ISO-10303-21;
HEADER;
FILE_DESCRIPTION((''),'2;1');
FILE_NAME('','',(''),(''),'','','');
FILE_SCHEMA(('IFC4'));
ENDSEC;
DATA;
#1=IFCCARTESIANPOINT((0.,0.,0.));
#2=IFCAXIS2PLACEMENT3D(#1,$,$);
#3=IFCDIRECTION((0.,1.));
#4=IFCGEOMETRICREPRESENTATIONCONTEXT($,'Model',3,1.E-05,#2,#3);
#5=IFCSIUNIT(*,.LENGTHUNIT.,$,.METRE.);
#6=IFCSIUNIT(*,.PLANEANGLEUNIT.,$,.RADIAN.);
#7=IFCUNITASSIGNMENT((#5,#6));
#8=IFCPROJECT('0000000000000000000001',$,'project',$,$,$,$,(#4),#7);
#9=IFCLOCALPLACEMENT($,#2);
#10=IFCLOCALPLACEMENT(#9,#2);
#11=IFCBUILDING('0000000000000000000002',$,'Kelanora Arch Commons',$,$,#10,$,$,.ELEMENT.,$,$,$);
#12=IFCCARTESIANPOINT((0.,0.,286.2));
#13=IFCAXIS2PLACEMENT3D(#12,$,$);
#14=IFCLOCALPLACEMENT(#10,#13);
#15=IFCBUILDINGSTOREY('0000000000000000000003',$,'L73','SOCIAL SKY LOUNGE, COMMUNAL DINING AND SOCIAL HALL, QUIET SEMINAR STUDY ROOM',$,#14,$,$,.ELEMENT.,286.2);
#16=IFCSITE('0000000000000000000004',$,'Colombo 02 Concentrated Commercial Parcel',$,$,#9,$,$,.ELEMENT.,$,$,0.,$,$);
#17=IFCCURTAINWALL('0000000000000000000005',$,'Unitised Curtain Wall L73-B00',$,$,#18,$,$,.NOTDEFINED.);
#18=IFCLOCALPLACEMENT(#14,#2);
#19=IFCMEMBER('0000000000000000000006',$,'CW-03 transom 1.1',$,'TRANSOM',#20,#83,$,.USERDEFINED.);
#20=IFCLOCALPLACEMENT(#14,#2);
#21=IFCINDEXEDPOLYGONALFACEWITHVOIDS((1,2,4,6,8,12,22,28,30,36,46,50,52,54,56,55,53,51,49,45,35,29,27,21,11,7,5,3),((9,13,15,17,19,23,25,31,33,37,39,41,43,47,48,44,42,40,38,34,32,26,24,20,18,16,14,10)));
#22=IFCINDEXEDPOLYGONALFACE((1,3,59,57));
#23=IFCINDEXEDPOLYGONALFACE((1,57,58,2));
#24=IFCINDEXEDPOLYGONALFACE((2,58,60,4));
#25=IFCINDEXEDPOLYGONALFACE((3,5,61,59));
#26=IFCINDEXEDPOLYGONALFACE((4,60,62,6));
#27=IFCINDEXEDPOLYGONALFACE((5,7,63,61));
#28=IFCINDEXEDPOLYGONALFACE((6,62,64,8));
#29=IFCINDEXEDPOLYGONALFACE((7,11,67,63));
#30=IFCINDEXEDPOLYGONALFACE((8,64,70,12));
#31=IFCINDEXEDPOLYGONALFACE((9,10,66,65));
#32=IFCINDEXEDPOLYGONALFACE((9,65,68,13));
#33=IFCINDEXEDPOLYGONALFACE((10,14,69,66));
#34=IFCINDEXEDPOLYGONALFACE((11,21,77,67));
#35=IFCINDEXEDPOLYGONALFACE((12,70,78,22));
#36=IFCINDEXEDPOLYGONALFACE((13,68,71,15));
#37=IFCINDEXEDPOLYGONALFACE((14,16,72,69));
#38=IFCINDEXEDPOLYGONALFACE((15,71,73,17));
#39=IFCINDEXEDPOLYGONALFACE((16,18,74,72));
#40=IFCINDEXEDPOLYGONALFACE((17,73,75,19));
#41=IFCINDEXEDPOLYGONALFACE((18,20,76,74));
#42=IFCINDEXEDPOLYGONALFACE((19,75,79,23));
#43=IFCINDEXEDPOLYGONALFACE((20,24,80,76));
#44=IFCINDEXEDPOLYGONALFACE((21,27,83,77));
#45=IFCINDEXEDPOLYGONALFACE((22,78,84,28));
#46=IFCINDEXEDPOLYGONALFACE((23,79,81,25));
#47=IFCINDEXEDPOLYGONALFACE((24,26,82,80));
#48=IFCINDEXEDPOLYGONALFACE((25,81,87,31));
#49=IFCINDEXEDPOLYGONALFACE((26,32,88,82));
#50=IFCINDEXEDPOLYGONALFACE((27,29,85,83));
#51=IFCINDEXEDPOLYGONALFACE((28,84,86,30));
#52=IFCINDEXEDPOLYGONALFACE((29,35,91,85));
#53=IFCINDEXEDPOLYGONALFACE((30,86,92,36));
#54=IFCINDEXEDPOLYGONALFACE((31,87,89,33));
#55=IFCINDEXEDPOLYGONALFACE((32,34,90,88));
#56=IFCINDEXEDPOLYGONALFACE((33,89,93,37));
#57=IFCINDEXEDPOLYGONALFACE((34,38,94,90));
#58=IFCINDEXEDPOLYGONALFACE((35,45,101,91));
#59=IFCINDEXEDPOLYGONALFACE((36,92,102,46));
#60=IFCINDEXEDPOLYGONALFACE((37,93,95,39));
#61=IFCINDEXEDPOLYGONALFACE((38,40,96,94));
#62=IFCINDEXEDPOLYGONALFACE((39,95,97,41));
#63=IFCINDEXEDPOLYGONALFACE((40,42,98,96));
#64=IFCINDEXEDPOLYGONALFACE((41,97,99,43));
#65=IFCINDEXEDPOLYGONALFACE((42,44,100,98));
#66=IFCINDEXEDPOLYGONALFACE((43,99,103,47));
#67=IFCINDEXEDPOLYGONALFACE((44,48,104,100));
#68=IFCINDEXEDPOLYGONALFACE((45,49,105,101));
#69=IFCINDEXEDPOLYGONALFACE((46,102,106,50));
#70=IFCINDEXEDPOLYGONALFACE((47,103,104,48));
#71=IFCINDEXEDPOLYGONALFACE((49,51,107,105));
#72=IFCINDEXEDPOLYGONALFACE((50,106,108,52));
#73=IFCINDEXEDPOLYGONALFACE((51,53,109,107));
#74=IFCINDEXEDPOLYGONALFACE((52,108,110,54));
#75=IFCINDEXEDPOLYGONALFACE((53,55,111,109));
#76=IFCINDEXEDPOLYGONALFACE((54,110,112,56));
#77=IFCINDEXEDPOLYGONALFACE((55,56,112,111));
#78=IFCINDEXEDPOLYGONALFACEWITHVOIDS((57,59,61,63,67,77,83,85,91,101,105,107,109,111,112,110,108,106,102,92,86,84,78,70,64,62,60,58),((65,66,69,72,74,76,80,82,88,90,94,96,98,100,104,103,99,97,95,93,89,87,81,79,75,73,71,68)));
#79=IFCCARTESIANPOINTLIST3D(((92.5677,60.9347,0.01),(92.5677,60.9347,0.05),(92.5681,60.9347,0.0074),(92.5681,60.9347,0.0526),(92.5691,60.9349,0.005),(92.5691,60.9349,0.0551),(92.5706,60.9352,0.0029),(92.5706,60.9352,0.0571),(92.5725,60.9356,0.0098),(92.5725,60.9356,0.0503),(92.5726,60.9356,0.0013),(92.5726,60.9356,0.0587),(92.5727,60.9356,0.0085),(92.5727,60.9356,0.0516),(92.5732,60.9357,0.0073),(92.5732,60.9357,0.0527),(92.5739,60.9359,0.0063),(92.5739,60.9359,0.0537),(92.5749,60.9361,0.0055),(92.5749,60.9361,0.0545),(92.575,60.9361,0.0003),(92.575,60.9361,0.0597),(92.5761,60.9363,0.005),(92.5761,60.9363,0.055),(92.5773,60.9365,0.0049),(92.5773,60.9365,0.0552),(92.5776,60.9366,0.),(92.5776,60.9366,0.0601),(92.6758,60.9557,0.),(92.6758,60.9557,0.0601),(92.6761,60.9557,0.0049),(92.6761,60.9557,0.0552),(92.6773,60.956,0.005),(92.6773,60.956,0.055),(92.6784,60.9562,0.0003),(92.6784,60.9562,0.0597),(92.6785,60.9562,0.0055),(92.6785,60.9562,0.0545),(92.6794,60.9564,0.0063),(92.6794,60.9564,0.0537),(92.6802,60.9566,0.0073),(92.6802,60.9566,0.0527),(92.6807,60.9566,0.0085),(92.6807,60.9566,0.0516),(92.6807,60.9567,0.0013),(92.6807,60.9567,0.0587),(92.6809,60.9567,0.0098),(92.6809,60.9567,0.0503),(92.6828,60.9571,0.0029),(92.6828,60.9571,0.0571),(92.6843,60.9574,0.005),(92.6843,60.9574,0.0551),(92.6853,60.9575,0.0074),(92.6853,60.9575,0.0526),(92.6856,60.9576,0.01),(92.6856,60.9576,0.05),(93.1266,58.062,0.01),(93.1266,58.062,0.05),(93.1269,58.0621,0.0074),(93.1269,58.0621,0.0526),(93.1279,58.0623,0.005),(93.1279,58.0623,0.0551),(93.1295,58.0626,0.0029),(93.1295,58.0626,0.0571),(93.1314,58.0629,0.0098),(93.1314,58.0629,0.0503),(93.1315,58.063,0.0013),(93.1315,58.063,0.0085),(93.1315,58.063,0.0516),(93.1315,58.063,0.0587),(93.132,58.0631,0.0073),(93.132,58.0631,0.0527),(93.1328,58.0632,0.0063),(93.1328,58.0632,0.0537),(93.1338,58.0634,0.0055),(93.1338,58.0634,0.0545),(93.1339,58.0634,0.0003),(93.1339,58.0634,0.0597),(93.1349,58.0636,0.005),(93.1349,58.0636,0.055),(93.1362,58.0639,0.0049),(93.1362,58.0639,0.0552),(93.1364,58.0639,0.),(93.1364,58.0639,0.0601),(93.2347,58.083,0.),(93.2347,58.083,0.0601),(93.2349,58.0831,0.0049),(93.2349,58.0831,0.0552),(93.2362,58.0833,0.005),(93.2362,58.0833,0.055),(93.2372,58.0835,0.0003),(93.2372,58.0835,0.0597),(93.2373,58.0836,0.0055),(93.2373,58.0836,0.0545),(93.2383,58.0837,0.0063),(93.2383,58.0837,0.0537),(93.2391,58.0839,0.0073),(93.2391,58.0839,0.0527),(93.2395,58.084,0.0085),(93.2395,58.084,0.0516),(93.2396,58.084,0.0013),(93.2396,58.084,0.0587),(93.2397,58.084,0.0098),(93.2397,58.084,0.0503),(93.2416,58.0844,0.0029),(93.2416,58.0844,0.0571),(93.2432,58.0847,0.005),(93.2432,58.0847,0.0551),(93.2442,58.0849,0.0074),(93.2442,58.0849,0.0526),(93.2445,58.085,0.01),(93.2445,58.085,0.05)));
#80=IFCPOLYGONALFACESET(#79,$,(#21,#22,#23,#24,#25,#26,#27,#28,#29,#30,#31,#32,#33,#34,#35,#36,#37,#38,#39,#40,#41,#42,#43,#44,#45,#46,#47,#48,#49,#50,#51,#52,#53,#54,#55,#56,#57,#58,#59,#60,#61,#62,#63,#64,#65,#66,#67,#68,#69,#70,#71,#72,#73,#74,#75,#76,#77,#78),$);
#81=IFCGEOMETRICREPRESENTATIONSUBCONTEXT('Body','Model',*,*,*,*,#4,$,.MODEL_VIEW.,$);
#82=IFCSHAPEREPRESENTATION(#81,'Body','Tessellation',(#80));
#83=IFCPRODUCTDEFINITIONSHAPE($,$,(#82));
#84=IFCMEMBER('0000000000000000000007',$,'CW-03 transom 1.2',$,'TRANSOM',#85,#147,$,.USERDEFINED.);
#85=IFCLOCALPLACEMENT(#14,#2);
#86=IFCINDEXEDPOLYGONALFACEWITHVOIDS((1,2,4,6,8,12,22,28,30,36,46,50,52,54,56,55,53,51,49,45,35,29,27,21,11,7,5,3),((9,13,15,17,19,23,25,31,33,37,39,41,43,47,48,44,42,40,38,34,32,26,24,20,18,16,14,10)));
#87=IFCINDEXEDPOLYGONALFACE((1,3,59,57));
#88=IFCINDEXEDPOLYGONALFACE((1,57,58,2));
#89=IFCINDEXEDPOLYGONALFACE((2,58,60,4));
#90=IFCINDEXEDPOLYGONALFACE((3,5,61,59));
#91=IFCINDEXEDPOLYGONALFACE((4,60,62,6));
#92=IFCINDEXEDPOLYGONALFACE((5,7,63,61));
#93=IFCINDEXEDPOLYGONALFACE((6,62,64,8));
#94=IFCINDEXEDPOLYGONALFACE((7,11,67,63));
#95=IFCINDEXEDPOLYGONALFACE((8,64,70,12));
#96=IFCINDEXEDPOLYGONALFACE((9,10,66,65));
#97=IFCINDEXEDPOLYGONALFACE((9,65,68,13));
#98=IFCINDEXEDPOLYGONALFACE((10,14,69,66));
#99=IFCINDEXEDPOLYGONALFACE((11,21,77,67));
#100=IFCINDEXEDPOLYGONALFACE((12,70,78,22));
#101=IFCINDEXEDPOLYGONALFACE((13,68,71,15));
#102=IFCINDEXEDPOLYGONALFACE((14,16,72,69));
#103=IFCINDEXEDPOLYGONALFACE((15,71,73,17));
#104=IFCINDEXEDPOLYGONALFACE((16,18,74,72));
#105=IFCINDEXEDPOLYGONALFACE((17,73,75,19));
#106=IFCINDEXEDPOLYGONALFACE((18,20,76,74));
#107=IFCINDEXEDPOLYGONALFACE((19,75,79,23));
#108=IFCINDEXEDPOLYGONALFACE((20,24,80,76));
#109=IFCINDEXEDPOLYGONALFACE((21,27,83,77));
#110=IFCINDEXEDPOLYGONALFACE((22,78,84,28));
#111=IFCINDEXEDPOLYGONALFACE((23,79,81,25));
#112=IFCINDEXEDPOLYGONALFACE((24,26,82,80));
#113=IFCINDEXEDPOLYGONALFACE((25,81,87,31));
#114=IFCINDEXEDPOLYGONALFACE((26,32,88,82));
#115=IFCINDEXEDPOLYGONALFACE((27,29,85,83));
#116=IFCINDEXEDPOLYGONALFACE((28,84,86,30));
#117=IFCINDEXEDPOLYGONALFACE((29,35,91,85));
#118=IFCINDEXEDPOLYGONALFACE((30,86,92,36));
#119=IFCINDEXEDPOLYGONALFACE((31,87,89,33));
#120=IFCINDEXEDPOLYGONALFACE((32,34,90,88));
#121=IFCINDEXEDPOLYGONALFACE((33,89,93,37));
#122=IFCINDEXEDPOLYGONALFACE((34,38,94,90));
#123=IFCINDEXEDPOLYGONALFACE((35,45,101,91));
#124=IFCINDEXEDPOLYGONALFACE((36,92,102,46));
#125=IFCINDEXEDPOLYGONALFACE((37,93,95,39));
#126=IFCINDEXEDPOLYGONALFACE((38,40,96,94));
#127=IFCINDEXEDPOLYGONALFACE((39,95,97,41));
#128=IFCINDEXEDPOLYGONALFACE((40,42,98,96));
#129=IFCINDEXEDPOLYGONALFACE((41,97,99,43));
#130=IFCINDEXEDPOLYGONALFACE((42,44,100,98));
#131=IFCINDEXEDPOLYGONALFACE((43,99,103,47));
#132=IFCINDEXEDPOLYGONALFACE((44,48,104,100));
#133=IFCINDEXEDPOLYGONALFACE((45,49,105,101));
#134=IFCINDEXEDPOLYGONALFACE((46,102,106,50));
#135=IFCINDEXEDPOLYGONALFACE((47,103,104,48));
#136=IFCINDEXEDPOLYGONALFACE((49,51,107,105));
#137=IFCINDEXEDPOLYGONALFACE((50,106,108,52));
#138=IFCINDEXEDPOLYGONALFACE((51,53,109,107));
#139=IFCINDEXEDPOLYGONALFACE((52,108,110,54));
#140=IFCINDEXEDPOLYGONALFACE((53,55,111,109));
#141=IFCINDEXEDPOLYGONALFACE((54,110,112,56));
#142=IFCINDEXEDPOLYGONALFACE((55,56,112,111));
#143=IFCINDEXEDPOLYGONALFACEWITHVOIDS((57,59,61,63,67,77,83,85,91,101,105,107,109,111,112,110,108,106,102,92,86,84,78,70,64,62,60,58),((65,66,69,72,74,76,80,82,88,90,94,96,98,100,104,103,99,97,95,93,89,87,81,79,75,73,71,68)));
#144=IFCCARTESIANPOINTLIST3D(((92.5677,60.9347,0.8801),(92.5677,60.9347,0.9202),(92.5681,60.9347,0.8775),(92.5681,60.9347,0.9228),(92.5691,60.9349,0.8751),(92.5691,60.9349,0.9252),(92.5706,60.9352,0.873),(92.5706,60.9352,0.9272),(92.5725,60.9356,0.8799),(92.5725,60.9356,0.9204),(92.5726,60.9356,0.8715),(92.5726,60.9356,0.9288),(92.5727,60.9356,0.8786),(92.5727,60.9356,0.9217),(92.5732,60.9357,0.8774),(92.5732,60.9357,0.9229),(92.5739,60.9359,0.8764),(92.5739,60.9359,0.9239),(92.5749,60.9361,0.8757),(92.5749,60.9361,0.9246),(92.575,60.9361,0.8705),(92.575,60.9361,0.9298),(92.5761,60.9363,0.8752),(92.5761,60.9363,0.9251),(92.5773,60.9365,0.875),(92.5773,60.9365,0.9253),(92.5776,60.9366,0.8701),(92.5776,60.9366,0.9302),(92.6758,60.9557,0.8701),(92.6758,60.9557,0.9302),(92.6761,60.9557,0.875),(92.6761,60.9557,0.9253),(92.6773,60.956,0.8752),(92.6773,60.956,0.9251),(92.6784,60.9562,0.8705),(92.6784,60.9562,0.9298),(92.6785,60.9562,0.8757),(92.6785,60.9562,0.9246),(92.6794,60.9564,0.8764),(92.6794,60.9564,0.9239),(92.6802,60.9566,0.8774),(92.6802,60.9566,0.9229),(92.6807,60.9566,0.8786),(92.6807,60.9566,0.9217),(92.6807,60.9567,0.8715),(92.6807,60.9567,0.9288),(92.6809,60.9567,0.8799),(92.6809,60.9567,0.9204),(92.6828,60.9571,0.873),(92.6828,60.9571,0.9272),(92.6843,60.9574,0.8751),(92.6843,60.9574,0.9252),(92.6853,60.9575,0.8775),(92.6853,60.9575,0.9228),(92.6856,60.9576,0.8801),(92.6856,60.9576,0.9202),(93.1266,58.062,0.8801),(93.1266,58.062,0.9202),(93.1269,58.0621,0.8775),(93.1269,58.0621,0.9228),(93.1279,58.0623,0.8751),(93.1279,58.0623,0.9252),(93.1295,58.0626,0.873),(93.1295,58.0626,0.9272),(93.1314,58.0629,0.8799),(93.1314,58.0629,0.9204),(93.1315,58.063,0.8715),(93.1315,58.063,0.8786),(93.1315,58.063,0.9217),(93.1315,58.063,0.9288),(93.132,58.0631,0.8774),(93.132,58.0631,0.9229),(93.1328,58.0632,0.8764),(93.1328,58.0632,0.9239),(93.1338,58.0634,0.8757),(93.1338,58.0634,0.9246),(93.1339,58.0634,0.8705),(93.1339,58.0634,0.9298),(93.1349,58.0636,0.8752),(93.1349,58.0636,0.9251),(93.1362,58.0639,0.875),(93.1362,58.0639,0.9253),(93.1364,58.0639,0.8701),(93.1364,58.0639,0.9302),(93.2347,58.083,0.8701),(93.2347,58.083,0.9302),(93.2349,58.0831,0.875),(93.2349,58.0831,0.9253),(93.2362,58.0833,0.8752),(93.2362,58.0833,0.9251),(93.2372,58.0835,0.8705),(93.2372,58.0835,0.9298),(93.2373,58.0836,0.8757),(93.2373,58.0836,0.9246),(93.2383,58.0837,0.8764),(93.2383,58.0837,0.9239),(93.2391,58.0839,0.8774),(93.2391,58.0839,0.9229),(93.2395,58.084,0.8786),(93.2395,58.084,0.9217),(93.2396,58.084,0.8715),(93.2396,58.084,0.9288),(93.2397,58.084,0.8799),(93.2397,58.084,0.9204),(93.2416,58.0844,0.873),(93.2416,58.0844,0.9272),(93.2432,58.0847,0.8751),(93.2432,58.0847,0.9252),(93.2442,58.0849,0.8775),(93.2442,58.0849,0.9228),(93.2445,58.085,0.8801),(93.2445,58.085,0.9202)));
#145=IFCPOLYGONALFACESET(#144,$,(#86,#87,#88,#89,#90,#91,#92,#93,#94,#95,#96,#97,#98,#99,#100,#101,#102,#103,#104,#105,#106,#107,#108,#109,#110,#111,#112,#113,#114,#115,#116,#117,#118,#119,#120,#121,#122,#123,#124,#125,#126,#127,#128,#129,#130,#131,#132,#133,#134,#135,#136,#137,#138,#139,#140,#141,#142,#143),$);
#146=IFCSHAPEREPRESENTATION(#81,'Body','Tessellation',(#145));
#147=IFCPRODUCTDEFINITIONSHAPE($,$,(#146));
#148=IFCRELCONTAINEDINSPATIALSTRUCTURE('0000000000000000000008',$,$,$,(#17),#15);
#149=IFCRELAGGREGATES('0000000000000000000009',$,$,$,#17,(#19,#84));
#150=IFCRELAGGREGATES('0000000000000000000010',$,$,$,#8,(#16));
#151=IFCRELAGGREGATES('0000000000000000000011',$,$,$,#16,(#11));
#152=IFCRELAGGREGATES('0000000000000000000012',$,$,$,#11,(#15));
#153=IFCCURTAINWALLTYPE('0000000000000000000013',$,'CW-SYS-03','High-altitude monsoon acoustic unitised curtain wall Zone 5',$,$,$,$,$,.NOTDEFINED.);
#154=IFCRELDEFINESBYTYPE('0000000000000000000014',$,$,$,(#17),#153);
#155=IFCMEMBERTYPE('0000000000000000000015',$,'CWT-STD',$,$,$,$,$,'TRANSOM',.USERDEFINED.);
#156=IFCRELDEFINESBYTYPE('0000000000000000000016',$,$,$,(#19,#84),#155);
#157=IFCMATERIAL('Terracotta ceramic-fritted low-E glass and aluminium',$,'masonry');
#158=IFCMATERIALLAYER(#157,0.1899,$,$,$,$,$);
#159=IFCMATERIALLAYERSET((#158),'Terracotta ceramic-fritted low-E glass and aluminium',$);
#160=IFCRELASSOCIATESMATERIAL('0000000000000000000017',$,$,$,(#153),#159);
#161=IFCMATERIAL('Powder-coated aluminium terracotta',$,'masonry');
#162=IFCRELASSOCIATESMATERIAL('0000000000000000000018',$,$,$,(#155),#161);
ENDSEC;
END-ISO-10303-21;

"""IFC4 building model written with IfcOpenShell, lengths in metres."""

from ifc_helpers import new_model, si_unit, direction, frame, origin, origin_2d, place, context, subcontext, project, spatial, hollow_rectangle, extrude, material, layer, layer_set, material_profile, profile_set, type_object, element, aggregate, save


model = new_model("IFC4")

# Units and contexts
model_context = context("Model", 3, precision=1e-05, world=origin(), true_north=direction((0.0, 1.0)))
body_context = subcontext(model_context, "Body", "Model", "MODEL_VIEW")
ifc_project = project(units=[si_unit("LENGTHUNIT", "METRE"), si_unit("PLANEANGLEUNIT", "RADIAN")], contexts=[model_context])

# Site, building, storey
site_placement = place(None, origin())
site = spatial("IfcSite", under=ifc_project, at=site_placement, Name="Colombo 02 Concentrated Commercial Parcel", CompositionType="ELEMENT", RefElevation=0.0)
building_placement = place(site_placement, origin())
building = spatial("IfcBuilding", under=site, at=building_placement, Name="Kelanora Arch Commons", CompositionType="ELEMENT")
storey_placement = place(building_placement, frame((0.0, 0.0, 286.2)))
storey = spatial("IfcBuildingStorey", under=building, at=storey_placement, Name="L73", Description="SOCIAL SKY LOUNGE, COMMUNAL DINING AND SOCIAL HALL, QUIET SEMINAR STUDY ROOM", CompositionType="ELEMENT", Elevation=286.2)

# Curtain wall, members
ifc_material_1 = material(Name="Terracotta ceramic-fritted low-E glass and aluminium", Category="masonry")
ifc_layer_1 = layer(ifc_material_1, 0.1899)
ifc_layer_set_1 = layer_set([ifc_layer_1], Name="Terracotta ceramic-fritted low-E glass and aluminium")
curtain_wall_type = type_object("IfcCurtainWallType", Name="CW-SYS-03", Description="High-altitude monsoon acoustic unitised curtain wall Zone 5", PredefinedType="NOTDEFINED", material=ifc_layer_set_1)
curtain_wall_placement = place(storey_placement, origin())
curtain_wall = element("IfcCurtainWall", 1, at=curtain_wall_placement, inside=storey, type_object=curtain_wall_type, Name="Unitised Curtain Wall L73-B00", PredefinedType="NOTDEFINED")
ifc_material_2 = material(Name="Powder-coated aluminium terracotta", Category="masonry")
ifc_material_profile_1 = material_profile(ifc_material_2, hollow_rectangle(XDim=0.1201, YDim=0.0601, WallThickness=0.0049, InnerFilletRadius=0.0049, OuterFilletRadius=0.01, at=origin_2d()), Name="CWT120x60")
ifc_profile_set_1 = profile_set([ifc_material_profile_1], Name="Powder-coated aluminium terracotta")
member_type_1 = type_object("IfcMemberType", Name="CWT-STD", ElementType="TRANSOM", PredefinedType="USERDEFINED", material=ifc_profile_set_1)
member_1_placement = place(storey_placement, frame((93.1855, 58.0735, 0.03), z_axis=(-0.190963, 0.981597, 0.0), x_axis=(-0.981597, -0.190963, 0.0)))
member_1 = element("IfcMember", 2, at=member_1_placement, type_object=member_type_1, Name="CW-03 transom 1.1", ObjectType="TRANSOM", PredefinedType="USERDEFINED", context=body_context, shape_type="SweptSolid", body=[
    extrude(hollow_rectangle(XDim=0.1201, YDim=0.0601, WallThickness=0.0049, InnerFilletRadius=0.0049, OuterFilletRadius=0.01, at=origin_2d()), origin(), (0.0, 0.0, 1.0), 2.9265),
])
member_2_placement = place(storey_placement, frame((93.1855, 58.0735, 0.9001), z_axis=(-0.190963, 0.981597, 0.0), x_axis=(-0.981597, -0.190963, 0.0)))
member_2 = element("IfcMember", 3, at=member_2_placement, type_object=member_type_1, Name="CW-03 transom 1.2", ObjectType="TRANSOM", PredefinedType="USERDEFINED", context=body_context, shape_type="SweptSolid", body=[
    extrude(hollow_rectangle(XDim=0.1201, YDim=0.0601, WallThickness=0.0049, InnerFilletRadius=0.0049, OuterFilletRadius=0.01, at=origin_2d()), origin(), (0.0, 0.0, 1.0), 2.9265),
])
aggregate(curtain_wall, [member_1, member_2])

save(model, "model.ifc")
